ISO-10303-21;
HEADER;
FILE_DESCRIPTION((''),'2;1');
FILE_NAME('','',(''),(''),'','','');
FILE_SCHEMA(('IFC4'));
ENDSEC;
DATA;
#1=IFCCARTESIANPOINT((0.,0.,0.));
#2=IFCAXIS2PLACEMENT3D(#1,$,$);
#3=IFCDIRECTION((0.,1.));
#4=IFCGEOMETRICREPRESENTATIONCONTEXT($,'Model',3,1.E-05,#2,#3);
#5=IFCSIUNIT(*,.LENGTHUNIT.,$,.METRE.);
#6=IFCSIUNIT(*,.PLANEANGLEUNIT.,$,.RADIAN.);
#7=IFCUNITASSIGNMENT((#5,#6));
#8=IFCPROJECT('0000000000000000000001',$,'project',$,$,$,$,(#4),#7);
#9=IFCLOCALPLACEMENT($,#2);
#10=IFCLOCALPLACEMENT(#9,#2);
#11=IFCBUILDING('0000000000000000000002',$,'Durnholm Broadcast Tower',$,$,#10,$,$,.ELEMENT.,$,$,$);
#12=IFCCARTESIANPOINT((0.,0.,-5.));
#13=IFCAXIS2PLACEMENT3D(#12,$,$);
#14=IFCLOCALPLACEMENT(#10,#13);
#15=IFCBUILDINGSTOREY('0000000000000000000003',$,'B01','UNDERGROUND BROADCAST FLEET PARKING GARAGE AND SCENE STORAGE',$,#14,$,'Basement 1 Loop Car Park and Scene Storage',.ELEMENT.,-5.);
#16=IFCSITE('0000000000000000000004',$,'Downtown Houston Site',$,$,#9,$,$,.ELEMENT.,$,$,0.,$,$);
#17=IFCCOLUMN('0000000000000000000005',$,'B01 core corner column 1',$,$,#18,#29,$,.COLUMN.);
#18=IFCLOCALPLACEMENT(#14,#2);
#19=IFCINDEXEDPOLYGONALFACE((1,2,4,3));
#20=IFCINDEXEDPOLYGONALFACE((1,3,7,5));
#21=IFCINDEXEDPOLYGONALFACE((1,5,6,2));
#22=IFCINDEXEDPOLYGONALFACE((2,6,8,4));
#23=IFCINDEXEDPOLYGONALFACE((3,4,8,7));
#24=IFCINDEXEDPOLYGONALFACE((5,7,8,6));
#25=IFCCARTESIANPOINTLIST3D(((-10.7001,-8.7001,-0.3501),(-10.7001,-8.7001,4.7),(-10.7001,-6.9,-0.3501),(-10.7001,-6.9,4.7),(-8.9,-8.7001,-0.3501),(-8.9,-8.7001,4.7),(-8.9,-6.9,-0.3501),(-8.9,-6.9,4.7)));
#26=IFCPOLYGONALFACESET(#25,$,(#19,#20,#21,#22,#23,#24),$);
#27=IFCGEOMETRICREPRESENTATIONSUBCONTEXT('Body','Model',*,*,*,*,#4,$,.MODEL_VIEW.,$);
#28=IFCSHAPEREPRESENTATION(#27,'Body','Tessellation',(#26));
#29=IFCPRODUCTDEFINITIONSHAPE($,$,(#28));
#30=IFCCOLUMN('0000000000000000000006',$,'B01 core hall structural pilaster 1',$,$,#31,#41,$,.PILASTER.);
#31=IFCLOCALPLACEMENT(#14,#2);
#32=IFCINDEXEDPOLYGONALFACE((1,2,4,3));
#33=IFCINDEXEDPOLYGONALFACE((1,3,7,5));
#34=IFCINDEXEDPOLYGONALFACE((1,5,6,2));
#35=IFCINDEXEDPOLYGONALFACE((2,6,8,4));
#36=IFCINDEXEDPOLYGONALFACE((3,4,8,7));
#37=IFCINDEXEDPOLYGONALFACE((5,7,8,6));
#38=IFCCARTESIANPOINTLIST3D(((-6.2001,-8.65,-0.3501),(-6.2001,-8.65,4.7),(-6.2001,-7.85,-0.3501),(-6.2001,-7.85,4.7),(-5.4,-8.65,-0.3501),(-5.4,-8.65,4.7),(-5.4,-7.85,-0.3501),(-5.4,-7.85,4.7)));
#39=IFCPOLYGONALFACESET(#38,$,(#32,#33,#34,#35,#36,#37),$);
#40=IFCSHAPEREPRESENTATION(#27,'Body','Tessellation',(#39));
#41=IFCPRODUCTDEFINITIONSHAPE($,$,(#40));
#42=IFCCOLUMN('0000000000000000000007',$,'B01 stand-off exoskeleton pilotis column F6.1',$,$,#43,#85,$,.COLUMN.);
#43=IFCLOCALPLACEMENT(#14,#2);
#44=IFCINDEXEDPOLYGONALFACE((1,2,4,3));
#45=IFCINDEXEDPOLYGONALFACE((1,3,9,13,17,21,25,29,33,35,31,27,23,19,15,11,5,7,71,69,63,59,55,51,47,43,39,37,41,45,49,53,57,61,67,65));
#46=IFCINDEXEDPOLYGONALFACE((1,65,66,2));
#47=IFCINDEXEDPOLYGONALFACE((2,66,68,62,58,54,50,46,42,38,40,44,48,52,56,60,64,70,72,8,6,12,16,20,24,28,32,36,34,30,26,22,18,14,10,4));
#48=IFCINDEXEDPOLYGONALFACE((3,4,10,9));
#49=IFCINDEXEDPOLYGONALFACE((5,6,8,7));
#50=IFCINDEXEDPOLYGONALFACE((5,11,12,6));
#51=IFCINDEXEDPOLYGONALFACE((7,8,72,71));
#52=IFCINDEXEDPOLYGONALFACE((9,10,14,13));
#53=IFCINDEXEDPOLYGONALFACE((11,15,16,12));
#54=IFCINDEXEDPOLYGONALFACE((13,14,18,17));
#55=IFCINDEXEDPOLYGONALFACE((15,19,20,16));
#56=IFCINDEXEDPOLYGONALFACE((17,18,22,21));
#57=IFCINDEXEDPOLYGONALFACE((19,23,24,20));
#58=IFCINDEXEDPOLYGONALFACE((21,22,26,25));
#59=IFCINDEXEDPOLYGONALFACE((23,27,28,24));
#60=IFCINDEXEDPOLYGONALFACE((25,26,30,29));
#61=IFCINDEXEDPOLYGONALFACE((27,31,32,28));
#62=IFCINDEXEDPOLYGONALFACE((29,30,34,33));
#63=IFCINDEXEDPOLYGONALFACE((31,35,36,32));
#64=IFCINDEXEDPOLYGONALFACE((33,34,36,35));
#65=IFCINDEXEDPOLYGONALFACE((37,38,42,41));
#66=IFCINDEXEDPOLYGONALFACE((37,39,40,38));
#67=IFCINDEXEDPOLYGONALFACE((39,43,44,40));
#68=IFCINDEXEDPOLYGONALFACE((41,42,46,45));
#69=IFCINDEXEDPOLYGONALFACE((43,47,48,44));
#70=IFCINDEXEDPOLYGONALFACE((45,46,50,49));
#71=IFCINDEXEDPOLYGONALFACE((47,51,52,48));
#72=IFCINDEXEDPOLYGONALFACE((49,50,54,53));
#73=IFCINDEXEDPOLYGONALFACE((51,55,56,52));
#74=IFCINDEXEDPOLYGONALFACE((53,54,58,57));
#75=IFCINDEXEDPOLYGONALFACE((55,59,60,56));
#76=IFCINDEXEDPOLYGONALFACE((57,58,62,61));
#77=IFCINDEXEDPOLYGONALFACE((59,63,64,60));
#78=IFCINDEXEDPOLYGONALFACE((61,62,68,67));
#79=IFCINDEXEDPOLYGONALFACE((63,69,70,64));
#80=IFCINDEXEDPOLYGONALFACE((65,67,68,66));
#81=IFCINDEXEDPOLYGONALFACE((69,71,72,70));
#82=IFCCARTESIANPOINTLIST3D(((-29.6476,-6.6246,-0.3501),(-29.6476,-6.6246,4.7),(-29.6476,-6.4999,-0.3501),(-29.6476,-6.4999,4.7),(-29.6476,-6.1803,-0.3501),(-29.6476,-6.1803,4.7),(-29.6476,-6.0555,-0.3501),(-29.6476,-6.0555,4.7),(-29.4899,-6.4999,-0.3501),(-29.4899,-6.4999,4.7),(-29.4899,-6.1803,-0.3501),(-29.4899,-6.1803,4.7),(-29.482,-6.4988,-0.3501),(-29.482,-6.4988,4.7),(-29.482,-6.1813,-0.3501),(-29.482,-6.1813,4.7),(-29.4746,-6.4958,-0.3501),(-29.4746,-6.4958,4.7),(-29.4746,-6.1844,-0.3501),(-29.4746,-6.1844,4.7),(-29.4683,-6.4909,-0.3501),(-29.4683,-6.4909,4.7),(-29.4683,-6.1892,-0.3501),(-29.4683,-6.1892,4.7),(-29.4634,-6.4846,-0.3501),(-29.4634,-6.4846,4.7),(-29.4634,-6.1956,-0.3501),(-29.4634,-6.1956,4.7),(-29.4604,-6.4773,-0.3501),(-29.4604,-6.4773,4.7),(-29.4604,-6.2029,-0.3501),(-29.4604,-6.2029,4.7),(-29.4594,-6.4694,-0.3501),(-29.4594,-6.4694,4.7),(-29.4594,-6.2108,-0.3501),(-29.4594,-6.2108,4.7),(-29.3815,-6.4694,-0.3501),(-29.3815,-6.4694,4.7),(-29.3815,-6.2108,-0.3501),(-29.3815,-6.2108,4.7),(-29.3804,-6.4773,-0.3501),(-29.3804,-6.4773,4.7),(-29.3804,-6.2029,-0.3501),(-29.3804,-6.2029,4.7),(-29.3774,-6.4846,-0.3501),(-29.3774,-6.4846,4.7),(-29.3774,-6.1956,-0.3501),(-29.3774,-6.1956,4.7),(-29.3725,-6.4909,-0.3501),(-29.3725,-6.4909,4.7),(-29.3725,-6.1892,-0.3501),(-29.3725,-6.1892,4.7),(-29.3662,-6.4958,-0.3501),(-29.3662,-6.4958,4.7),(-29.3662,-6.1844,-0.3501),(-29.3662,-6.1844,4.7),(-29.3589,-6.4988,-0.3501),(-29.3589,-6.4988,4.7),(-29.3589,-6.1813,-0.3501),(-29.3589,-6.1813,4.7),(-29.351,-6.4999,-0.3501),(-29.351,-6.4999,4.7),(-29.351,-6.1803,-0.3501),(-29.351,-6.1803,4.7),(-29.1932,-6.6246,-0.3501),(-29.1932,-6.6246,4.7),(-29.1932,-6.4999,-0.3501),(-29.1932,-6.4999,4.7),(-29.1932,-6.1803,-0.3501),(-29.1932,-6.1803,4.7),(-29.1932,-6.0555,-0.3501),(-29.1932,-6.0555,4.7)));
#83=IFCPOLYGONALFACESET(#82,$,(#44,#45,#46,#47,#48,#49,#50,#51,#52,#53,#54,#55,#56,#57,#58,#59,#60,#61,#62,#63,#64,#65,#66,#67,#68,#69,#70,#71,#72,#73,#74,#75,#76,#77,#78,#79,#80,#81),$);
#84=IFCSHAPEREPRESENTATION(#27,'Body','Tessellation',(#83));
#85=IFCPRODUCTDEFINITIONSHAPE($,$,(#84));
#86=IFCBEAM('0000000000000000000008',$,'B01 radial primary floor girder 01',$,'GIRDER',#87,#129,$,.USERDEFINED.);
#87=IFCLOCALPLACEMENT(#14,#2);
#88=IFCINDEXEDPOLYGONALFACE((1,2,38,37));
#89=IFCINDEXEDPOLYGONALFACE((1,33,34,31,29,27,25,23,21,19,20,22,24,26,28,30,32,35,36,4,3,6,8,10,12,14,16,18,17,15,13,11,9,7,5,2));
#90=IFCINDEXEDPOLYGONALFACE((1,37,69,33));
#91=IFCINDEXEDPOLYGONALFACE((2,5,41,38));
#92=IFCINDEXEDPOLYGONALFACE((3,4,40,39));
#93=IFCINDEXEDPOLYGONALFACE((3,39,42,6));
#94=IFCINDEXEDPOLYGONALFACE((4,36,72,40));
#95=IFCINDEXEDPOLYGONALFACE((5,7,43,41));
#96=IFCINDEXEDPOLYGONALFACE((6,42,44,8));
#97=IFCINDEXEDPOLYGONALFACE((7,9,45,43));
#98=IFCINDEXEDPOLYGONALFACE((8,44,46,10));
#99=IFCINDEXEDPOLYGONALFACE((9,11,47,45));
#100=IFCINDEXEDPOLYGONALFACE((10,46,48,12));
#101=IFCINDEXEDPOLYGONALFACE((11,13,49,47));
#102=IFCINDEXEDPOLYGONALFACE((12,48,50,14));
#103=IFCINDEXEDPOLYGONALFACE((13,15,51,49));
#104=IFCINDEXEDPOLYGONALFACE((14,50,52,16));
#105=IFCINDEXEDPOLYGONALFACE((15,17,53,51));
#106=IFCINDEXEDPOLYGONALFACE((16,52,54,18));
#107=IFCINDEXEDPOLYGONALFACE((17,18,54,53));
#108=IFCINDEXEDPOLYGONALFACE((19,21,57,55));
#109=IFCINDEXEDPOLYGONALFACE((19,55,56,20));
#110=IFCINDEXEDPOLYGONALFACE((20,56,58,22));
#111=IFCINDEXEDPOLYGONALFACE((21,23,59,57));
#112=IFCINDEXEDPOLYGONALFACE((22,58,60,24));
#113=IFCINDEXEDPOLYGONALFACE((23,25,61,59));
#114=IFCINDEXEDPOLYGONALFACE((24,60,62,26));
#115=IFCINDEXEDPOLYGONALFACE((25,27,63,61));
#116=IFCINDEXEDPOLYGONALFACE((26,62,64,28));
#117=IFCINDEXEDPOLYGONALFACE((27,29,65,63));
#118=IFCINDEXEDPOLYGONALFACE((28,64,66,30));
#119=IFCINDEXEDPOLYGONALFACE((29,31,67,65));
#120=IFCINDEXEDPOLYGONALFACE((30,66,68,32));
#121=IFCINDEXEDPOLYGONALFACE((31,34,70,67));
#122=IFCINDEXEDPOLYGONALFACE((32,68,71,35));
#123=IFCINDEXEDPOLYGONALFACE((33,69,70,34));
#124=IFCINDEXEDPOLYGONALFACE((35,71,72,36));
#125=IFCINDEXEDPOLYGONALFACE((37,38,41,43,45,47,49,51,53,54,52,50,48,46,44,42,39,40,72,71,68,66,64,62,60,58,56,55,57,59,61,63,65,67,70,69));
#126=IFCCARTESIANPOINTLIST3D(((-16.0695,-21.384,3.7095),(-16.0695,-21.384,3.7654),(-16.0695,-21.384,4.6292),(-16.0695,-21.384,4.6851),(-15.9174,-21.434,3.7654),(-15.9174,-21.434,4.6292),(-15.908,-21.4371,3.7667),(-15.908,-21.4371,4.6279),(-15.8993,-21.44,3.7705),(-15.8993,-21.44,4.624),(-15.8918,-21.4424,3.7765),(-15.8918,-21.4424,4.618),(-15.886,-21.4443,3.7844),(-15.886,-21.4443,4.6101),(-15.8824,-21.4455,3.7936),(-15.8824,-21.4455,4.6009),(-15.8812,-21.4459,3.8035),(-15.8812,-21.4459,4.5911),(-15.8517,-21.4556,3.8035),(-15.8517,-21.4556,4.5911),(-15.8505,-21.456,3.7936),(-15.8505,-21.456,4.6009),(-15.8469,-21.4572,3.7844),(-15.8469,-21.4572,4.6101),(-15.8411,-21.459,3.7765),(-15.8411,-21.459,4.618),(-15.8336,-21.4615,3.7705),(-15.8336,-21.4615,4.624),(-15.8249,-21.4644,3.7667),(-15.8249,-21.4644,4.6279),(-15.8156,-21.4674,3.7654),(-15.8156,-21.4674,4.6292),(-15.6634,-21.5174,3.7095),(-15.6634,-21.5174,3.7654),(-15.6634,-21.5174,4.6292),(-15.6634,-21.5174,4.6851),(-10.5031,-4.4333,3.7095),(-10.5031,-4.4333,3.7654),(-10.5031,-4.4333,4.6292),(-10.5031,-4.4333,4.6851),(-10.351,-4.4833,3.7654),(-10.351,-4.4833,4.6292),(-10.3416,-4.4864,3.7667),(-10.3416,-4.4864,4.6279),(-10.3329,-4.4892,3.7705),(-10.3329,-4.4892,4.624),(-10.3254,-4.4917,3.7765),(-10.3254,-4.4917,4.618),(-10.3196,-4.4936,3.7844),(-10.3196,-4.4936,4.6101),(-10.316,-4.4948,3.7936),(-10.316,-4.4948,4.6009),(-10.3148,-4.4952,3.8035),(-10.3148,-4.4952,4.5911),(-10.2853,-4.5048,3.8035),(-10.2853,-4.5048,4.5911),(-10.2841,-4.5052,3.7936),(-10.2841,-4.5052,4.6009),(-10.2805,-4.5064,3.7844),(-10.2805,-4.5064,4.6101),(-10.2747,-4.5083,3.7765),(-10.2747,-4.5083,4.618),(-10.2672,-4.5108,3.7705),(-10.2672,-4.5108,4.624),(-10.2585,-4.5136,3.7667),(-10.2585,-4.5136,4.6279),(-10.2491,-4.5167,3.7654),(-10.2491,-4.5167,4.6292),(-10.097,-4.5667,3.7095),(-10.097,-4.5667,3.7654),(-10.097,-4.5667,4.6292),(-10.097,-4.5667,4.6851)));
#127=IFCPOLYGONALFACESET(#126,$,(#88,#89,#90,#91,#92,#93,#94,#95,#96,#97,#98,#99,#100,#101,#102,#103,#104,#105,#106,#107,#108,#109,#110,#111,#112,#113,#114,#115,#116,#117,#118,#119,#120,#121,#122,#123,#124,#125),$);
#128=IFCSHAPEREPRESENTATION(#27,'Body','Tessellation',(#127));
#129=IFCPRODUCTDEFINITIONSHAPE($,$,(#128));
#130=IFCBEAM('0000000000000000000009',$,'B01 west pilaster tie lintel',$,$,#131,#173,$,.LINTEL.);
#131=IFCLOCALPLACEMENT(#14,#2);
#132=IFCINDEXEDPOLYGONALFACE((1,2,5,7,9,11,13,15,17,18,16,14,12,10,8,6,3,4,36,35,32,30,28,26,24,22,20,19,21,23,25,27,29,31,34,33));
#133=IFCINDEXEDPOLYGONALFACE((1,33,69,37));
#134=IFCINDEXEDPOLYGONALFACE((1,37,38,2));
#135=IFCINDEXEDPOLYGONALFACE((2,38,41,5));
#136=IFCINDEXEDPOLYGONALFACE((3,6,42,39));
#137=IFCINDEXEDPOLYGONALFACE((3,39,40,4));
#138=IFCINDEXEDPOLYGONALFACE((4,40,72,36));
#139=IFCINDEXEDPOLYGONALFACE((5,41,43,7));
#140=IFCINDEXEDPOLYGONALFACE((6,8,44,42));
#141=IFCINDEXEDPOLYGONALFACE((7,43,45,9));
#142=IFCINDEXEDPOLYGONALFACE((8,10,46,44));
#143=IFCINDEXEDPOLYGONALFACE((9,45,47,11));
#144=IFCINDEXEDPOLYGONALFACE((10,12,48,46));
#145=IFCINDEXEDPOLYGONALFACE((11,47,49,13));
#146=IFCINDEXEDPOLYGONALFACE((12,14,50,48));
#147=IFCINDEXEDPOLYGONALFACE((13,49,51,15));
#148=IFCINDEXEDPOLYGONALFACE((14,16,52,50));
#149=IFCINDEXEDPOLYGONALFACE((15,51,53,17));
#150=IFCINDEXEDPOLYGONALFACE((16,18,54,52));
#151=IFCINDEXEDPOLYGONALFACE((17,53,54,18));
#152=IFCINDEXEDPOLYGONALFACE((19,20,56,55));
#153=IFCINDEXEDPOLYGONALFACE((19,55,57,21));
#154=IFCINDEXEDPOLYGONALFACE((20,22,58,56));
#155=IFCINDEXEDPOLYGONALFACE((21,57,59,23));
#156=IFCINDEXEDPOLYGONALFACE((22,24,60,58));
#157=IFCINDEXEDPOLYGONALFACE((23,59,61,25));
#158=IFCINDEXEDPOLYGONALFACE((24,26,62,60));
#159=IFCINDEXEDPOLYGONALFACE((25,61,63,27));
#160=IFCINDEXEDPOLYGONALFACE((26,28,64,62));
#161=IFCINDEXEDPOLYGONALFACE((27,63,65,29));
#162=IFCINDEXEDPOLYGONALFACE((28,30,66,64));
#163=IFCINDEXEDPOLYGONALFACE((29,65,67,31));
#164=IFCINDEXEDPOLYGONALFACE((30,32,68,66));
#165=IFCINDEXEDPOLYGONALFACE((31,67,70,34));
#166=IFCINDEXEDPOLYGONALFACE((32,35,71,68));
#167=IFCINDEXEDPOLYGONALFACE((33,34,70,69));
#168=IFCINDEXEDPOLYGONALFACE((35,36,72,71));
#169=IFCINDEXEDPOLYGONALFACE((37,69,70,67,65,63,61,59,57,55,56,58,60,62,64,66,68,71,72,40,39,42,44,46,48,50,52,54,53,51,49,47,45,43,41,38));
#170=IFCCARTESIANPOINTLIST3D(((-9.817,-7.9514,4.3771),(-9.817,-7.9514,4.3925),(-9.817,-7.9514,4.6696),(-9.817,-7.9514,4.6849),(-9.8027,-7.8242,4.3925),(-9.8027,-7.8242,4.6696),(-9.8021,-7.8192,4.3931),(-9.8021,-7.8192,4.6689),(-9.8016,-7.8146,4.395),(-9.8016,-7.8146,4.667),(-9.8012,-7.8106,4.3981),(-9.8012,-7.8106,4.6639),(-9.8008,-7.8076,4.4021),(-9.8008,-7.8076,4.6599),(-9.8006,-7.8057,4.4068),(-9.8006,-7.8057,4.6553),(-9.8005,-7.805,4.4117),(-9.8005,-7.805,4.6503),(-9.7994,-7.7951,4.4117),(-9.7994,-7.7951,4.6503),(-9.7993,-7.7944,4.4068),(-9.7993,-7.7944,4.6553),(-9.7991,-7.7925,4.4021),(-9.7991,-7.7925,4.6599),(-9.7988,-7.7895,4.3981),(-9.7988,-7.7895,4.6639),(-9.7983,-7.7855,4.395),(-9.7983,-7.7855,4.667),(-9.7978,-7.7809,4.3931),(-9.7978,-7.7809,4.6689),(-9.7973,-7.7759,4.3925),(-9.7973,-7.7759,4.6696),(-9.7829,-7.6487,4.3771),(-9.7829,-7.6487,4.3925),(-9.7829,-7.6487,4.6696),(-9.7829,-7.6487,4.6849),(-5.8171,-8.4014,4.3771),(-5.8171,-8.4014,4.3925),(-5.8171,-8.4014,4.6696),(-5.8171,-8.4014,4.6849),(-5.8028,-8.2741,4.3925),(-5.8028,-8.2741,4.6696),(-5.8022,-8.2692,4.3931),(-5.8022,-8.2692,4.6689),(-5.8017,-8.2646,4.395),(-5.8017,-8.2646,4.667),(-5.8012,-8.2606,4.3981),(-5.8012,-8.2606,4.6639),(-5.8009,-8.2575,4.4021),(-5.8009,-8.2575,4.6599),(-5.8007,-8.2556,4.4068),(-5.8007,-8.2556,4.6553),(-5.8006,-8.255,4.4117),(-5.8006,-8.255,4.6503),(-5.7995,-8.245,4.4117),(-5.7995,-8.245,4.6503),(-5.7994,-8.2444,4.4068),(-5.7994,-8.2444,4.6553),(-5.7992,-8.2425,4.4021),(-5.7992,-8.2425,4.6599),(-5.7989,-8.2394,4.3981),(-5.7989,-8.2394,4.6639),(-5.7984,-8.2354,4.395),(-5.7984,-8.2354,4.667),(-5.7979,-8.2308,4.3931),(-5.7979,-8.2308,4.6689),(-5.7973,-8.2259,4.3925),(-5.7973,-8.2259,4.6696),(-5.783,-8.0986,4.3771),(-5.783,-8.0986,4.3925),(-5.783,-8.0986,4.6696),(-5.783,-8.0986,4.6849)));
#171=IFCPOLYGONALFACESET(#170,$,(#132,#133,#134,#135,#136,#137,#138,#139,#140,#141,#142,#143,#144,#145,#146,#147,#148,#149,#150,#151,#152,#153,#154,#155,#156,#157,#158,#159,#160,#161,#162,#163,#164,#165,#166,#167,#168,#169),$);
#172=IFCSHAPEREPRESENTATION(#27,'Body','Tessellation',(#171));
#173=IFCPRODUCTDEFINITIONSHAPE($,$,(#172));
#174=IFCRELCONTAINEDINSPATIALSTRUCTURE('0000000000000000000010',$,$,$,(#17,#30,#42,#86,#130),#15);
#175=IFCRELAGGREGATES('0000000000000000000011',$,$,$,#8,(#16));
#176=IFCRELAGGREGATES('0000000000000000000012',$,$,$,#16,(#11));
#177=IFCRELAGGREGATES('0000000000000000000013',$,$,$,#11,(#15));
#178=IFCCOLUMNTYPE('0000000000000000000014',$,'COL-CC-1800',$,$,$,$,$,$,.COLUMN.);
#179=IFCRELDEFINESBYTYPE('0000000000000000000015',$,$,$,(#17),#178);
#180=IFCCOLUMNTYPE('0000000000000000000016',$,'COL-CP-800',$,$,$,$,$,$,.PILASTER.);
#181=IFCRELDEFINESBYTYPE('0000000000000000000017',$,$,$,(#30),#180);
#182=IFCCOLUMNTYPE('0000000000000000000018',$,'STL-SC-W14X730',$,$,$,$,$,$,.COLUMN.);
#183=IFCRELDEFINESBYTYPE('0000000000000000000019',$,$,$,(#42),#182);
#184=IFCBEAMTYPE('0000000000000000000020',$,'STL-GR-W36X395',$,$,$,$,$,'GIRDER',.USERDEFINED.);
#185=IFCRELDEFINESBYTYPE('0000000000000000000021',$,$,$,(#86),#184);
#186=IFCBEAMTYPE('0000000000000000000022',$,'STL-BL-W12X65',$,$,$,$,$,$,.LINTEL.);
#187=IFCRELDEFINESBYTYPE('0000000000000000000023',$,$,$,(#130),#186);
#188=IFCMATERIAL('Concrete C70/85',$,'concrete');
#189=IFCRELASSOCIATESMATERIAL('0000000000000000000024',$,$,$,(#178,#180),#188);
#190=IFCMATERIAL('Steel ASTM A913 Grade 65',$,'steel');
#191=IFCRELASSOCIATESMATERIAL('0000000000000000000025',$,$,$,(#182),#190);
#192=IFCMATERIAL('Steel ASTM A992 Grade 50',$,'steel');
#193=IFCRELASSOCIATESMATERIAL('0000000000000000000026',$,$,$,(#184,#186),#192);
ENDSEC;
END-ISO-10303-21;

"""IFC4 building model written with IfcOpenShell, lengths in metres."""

from ifc_helpers import new_model, si_unit, direction, frame, origin, origin_2d, place, context, subcontext, project, spatial, rectangle, i_section, extrude, source, transform, mapped, material, material_profile, profile_set, type_object, type_shapes, element, save


model = new_model("IFC4")

# Units and contexts
model_context = context("Model", 3, precision=1e-05, world=origin(), true_north=direction((0.0, 1.0)))
body_context = subcontext(model_context, "Body", "Model", "MODEL_VIEW")
ifc_project = project(units=[si_unit("LENGTHUNIT", "METRE"), si_unit("PLANEANGLEUNIT", "RADIAN")], contexts=[model_context])

# Site, building, storey
site_placement = place(None, origin())
site = spatial("IfcSite", under=ifc_project, at=site_placement, Name="Downtown Houston Site", CompositionType="ELEMENT", RefElevation=0.0)
building_placement = place(site_placement, origin())
building = spatial("IfcBuilding", under=site, at=building_placement, Name="Durnholm Broadcast Tower", CompositionType="ELEMENT")
storey_placement = place(building_placement, frame((0.0, 0.0, -5.0)))
storey = spatial("IfcBuildingStorey", under=building, at=storey_placement, Name="B01", Description="UNDERGROUND BROADCAST FLEET PARKING GARAGE AND SCENE STORAGE", LongName="Basement 1 Loop Car Park and Scene Storage", CompositionType="ELEMENT", Elevation=-5.0)

# Columns
ifc_material_1 = material(Name="Concrete C70/85", Category="concrete")
ifc_material_profile_1 = material_profile(ifc_material_1, rectangle(XDim=1.8, YDim=1.8, at=origin_2d()), Name="RC1800X1800")
ifc_profile_set_1 = profile_set([ifc_material_profile_1], Name="Concrete C70/85")
column_type_1 = type_object("IfcColumnType", Name="COL-CC-1800", PredefinedType="COLUMN", material=ifc_profile_set_1)
shared_shape_1 = source(origin(), body_context, "Body", "SweptSolid", [
    extrude(rectangle(XDim=1.8, YDim=1.8, at=origin_2d()), origin(), (0.0, 0.0, 1.0), 5.05),
])
type_shapes(column_type_1, [shared_shape_1])
column_1_placement = place(storey_placement, frame((-9.8, -7.8, -0.3501), z_axis=(0.0, 0.0, 1.0), x_axis=(1.0, 0.0, 0.0)))
element("IfcColumn", 1, at=column_1_placement, inside=storey, type_object=column_type_1, Name="B01 core corner column 1", PredefinedType="COLUMN", context=body_context, shape_type="MappedRepresentation", body=[
    mapped(shared_shape_1, transform((0.0, 0.0, 0.0), x_axis=(1.0, 0.0, 0.0), y_axis=(0.0, 1.0, 0.0), z_axis=(0.0, 0.0, 1.0), scale=1.0)),
])
ifc_material_profile_2 = material_profile(ifc_material_1, rectangle(XDim=0.8, YDim=0.8, at=origin_2d()), Name="RC800X800")
ifc_profile_set_2 = profile_set([ifc_material_profile_2], Name="Concrete C70/85")
column_type_2 = type_object("IfcColumnType", Name="COL-CP-800", PredefinedType="PILASTER", material=ifc_profile_set_2)
shared_shape_2 = source(origin(), body_context, "Body", "SweptSolid", [
    extrude(rectangle(XDim=0.8, YDim=0.8, at=origin_2d()), origin(), (0.0, 0.0, 1.0), 5.05),
])
type_shapes(column_type_2, [shared_shape_2])
column_2_placement = place(storey_placement, frame((-5.8, -8.25, -0.3501), z_axis=(0.0, 0.0, 1.0), x_axis=(1.0, 0.0, 0.0)))
element("IfcColumn", 2, at=column_2_placement, inside=storey, type_object=column_type_2, Name="B01 core hall structural pilaster 1", PredefinedType="PILASTER", context=body_context, shape_type="MappedRepresentation", body=[
    mapped(shared_shape_2, transform((0.0, 0.0, 0.0), x_axis=(1.0, 0.0, 0.0), y_axis=(0.0, 1.0, 0.0), z_axis=(0.0, 0.0, 1.0), scale=1.0)),
])
ifc_material_2 = material(Name="Steel ASTM A913 Grade 65", Category="steel")
ifc_material_profile_3 = material_profile(ifc_material_2, i_section(OverallWidth=0.4543, OverallDepth=0.5691, WebThickness=0.0779, FlangeThickness=0.1248, FilletRadius=0.0305, at=origin_2d()), Name="W14X730")
ifc_profile_set_3 = profile_set([ifc_material_profile_3], Name="Steel ASTM A913 Grade 65")
column_type_3 = type_object("IfcColumnType", Name="STL-SC-W14X730", PredefinedType="COLUMN", material=ifc_profile_set_3)
shared_shape_3 = source(origin(), body_context, "Body", "SweptSolid", [
    extrude(i_section(OverallWidth=0.4543, OverallDepth=0.5691, WebThickness=0.0779, FlangeThickness=0.1248, FilletRadius=0.0305, at=origin_2d()), origin(), (0.0, 0.0, 1.0), 5.05),
])
type_shapes(column_type_3, [shared_shape_3])
column_3_placement = place(storey_placement, frame((-29.4204, -6.3401, -0.3501), z_axis=(0.0, 0.0, 1.0), x_axis=(1.0, 0.0, 0.0)))
element("IfcColumn", 3, at=column_3_placement, inside=storey, type_object=column_type_3, Name="B01 stand-off exoskeleton pilotis column F6.1", PredefinedType="COLUMN", context=body_context, shape_type="MappedRepresentation", body=[
    mapped(shared_shape_3, transform((0.0, 0.0, 0.0), x_axis=(1.0, 0.0, 0.0), y_axis=(0.0, 1.0, 0.0), z_axis=(0.0, 0.0, 1.0), scale=1.0)),
])

# Beams
ifc_material_3 = material(Name="Steel ASTM A992 Grade 50", Category="steel")
ifc_material_profile_4 = material_profile(ifc_material_3, i_section(OverallWidth=0.4275, OverallDepth=0.9756, WebThickness=0.031, FlangeThickness=0.0559, FilletRadius=0.0381, at=origin_2d()), Name="W36X395")
ifc_profile_set_4 = profile_set([ifc_material_profile_4], Name="Steel ASTM A992 Grade 50")
beam_type_1 = type_object("IfcBeamType", Name="STL-GR-W36X395", ElementType="GIRDER", PredefinedType="USERDEFINED", material=ifc_profile_set_4)
shared_shape_4 = source(origin(), body_context, "Body", "SweptSolid", [
    extrude(i_section(OverallWidth=0.4275, OverallDepth=0.9756, WebThickness=0.031, FlangeThickness=0.0559, FilletRadius=0.0381, at=origin_2d()), origin(), (0.0, 0.0, 1.0), 17.8413),
])
type_shapes(beam_type_1, [shared_shape_4])
beam_1_placement = place(storey_placement, frame((-10.3, -4.5, 4.1973), z_axis=(-0.311996, -0.950083, 0.0), x_axis=(0.950083, -0.311996, 0.0)))
element("IfcBeam", 4, at=beam_1_placement, inside=storey, type_object=beam_type_1, Name="B01 radial primary floor girder 01", ObjectType="GIRDER", PredefinedType="USERDEFINED", context=body_context, shape_type="MappedRepresentation", body=[
    mapped(shared_shape_4, transform((0.0, 0.0, 0.0), x_axis=(1.0, 0.0, 0.0), y_axis=(0.0, 1.0, 0.0), z_axis=(0.0, 0.0, 1.0), scale=1.0)),
])
ifc_material_profile_5 = material_profile(ifc_material_3, i_section(OverallWidth=0.3047, OverallDepth=0.3079, WebThickness=0.01, FlangeThickness=0.0154, FilletRadius=0.0193, at=origin_2d()), Name="W12X65")
ifc_profile_set_5 = profile_set([ifc_material_profile_5], Name="Steel ASTM A992 Grade 50")
beam_type_2 = type_object("IfcBeamType", Name="STL-BL-W12X65", PredefinedType="LINTEL", material=ifc_profile_set_5)
shared_shape_5 = source(origin(), body_context, "Body", "SweptSolid", [
    extrude(i_section(OverallWidth=0.3047, OverallDepth=0.3079, WebThickness=0.01, FlangeThickness=0.0154, FilletRadius=0.0193, at=origin_2d()), origin(), (0.0, 0.0, 1.0), 4.0251),
])
type_shapes(beam_type_2, [shared_shape_5])
beam_2_placement = place(storey_placement, frame((-5.8, -8.25, 4.531), z_axis=(-0.993733, 0.111783, 0.0), x_axis=(-0.111783, -0.993733, 0.0)))
element("IfcBeam", 5, at=beam_2_placement, inside=storey, type_object=beam_type_2, Name="B01 west pilaster tie lintel", PredefinedType="LINTEL", context=body_context, shape_type="MappedRepresentation", body=[
    mapped(shared_shape_5, transform((0.0, 0.0, 0.0), x_axis=(1.0, 0.0, 0.0), y_axis=(0.0, 1.0, 0.0), z_axis=(0.0, 0.0, 1.0), scale=1.0)),
])

save(model, "model.ifc")
